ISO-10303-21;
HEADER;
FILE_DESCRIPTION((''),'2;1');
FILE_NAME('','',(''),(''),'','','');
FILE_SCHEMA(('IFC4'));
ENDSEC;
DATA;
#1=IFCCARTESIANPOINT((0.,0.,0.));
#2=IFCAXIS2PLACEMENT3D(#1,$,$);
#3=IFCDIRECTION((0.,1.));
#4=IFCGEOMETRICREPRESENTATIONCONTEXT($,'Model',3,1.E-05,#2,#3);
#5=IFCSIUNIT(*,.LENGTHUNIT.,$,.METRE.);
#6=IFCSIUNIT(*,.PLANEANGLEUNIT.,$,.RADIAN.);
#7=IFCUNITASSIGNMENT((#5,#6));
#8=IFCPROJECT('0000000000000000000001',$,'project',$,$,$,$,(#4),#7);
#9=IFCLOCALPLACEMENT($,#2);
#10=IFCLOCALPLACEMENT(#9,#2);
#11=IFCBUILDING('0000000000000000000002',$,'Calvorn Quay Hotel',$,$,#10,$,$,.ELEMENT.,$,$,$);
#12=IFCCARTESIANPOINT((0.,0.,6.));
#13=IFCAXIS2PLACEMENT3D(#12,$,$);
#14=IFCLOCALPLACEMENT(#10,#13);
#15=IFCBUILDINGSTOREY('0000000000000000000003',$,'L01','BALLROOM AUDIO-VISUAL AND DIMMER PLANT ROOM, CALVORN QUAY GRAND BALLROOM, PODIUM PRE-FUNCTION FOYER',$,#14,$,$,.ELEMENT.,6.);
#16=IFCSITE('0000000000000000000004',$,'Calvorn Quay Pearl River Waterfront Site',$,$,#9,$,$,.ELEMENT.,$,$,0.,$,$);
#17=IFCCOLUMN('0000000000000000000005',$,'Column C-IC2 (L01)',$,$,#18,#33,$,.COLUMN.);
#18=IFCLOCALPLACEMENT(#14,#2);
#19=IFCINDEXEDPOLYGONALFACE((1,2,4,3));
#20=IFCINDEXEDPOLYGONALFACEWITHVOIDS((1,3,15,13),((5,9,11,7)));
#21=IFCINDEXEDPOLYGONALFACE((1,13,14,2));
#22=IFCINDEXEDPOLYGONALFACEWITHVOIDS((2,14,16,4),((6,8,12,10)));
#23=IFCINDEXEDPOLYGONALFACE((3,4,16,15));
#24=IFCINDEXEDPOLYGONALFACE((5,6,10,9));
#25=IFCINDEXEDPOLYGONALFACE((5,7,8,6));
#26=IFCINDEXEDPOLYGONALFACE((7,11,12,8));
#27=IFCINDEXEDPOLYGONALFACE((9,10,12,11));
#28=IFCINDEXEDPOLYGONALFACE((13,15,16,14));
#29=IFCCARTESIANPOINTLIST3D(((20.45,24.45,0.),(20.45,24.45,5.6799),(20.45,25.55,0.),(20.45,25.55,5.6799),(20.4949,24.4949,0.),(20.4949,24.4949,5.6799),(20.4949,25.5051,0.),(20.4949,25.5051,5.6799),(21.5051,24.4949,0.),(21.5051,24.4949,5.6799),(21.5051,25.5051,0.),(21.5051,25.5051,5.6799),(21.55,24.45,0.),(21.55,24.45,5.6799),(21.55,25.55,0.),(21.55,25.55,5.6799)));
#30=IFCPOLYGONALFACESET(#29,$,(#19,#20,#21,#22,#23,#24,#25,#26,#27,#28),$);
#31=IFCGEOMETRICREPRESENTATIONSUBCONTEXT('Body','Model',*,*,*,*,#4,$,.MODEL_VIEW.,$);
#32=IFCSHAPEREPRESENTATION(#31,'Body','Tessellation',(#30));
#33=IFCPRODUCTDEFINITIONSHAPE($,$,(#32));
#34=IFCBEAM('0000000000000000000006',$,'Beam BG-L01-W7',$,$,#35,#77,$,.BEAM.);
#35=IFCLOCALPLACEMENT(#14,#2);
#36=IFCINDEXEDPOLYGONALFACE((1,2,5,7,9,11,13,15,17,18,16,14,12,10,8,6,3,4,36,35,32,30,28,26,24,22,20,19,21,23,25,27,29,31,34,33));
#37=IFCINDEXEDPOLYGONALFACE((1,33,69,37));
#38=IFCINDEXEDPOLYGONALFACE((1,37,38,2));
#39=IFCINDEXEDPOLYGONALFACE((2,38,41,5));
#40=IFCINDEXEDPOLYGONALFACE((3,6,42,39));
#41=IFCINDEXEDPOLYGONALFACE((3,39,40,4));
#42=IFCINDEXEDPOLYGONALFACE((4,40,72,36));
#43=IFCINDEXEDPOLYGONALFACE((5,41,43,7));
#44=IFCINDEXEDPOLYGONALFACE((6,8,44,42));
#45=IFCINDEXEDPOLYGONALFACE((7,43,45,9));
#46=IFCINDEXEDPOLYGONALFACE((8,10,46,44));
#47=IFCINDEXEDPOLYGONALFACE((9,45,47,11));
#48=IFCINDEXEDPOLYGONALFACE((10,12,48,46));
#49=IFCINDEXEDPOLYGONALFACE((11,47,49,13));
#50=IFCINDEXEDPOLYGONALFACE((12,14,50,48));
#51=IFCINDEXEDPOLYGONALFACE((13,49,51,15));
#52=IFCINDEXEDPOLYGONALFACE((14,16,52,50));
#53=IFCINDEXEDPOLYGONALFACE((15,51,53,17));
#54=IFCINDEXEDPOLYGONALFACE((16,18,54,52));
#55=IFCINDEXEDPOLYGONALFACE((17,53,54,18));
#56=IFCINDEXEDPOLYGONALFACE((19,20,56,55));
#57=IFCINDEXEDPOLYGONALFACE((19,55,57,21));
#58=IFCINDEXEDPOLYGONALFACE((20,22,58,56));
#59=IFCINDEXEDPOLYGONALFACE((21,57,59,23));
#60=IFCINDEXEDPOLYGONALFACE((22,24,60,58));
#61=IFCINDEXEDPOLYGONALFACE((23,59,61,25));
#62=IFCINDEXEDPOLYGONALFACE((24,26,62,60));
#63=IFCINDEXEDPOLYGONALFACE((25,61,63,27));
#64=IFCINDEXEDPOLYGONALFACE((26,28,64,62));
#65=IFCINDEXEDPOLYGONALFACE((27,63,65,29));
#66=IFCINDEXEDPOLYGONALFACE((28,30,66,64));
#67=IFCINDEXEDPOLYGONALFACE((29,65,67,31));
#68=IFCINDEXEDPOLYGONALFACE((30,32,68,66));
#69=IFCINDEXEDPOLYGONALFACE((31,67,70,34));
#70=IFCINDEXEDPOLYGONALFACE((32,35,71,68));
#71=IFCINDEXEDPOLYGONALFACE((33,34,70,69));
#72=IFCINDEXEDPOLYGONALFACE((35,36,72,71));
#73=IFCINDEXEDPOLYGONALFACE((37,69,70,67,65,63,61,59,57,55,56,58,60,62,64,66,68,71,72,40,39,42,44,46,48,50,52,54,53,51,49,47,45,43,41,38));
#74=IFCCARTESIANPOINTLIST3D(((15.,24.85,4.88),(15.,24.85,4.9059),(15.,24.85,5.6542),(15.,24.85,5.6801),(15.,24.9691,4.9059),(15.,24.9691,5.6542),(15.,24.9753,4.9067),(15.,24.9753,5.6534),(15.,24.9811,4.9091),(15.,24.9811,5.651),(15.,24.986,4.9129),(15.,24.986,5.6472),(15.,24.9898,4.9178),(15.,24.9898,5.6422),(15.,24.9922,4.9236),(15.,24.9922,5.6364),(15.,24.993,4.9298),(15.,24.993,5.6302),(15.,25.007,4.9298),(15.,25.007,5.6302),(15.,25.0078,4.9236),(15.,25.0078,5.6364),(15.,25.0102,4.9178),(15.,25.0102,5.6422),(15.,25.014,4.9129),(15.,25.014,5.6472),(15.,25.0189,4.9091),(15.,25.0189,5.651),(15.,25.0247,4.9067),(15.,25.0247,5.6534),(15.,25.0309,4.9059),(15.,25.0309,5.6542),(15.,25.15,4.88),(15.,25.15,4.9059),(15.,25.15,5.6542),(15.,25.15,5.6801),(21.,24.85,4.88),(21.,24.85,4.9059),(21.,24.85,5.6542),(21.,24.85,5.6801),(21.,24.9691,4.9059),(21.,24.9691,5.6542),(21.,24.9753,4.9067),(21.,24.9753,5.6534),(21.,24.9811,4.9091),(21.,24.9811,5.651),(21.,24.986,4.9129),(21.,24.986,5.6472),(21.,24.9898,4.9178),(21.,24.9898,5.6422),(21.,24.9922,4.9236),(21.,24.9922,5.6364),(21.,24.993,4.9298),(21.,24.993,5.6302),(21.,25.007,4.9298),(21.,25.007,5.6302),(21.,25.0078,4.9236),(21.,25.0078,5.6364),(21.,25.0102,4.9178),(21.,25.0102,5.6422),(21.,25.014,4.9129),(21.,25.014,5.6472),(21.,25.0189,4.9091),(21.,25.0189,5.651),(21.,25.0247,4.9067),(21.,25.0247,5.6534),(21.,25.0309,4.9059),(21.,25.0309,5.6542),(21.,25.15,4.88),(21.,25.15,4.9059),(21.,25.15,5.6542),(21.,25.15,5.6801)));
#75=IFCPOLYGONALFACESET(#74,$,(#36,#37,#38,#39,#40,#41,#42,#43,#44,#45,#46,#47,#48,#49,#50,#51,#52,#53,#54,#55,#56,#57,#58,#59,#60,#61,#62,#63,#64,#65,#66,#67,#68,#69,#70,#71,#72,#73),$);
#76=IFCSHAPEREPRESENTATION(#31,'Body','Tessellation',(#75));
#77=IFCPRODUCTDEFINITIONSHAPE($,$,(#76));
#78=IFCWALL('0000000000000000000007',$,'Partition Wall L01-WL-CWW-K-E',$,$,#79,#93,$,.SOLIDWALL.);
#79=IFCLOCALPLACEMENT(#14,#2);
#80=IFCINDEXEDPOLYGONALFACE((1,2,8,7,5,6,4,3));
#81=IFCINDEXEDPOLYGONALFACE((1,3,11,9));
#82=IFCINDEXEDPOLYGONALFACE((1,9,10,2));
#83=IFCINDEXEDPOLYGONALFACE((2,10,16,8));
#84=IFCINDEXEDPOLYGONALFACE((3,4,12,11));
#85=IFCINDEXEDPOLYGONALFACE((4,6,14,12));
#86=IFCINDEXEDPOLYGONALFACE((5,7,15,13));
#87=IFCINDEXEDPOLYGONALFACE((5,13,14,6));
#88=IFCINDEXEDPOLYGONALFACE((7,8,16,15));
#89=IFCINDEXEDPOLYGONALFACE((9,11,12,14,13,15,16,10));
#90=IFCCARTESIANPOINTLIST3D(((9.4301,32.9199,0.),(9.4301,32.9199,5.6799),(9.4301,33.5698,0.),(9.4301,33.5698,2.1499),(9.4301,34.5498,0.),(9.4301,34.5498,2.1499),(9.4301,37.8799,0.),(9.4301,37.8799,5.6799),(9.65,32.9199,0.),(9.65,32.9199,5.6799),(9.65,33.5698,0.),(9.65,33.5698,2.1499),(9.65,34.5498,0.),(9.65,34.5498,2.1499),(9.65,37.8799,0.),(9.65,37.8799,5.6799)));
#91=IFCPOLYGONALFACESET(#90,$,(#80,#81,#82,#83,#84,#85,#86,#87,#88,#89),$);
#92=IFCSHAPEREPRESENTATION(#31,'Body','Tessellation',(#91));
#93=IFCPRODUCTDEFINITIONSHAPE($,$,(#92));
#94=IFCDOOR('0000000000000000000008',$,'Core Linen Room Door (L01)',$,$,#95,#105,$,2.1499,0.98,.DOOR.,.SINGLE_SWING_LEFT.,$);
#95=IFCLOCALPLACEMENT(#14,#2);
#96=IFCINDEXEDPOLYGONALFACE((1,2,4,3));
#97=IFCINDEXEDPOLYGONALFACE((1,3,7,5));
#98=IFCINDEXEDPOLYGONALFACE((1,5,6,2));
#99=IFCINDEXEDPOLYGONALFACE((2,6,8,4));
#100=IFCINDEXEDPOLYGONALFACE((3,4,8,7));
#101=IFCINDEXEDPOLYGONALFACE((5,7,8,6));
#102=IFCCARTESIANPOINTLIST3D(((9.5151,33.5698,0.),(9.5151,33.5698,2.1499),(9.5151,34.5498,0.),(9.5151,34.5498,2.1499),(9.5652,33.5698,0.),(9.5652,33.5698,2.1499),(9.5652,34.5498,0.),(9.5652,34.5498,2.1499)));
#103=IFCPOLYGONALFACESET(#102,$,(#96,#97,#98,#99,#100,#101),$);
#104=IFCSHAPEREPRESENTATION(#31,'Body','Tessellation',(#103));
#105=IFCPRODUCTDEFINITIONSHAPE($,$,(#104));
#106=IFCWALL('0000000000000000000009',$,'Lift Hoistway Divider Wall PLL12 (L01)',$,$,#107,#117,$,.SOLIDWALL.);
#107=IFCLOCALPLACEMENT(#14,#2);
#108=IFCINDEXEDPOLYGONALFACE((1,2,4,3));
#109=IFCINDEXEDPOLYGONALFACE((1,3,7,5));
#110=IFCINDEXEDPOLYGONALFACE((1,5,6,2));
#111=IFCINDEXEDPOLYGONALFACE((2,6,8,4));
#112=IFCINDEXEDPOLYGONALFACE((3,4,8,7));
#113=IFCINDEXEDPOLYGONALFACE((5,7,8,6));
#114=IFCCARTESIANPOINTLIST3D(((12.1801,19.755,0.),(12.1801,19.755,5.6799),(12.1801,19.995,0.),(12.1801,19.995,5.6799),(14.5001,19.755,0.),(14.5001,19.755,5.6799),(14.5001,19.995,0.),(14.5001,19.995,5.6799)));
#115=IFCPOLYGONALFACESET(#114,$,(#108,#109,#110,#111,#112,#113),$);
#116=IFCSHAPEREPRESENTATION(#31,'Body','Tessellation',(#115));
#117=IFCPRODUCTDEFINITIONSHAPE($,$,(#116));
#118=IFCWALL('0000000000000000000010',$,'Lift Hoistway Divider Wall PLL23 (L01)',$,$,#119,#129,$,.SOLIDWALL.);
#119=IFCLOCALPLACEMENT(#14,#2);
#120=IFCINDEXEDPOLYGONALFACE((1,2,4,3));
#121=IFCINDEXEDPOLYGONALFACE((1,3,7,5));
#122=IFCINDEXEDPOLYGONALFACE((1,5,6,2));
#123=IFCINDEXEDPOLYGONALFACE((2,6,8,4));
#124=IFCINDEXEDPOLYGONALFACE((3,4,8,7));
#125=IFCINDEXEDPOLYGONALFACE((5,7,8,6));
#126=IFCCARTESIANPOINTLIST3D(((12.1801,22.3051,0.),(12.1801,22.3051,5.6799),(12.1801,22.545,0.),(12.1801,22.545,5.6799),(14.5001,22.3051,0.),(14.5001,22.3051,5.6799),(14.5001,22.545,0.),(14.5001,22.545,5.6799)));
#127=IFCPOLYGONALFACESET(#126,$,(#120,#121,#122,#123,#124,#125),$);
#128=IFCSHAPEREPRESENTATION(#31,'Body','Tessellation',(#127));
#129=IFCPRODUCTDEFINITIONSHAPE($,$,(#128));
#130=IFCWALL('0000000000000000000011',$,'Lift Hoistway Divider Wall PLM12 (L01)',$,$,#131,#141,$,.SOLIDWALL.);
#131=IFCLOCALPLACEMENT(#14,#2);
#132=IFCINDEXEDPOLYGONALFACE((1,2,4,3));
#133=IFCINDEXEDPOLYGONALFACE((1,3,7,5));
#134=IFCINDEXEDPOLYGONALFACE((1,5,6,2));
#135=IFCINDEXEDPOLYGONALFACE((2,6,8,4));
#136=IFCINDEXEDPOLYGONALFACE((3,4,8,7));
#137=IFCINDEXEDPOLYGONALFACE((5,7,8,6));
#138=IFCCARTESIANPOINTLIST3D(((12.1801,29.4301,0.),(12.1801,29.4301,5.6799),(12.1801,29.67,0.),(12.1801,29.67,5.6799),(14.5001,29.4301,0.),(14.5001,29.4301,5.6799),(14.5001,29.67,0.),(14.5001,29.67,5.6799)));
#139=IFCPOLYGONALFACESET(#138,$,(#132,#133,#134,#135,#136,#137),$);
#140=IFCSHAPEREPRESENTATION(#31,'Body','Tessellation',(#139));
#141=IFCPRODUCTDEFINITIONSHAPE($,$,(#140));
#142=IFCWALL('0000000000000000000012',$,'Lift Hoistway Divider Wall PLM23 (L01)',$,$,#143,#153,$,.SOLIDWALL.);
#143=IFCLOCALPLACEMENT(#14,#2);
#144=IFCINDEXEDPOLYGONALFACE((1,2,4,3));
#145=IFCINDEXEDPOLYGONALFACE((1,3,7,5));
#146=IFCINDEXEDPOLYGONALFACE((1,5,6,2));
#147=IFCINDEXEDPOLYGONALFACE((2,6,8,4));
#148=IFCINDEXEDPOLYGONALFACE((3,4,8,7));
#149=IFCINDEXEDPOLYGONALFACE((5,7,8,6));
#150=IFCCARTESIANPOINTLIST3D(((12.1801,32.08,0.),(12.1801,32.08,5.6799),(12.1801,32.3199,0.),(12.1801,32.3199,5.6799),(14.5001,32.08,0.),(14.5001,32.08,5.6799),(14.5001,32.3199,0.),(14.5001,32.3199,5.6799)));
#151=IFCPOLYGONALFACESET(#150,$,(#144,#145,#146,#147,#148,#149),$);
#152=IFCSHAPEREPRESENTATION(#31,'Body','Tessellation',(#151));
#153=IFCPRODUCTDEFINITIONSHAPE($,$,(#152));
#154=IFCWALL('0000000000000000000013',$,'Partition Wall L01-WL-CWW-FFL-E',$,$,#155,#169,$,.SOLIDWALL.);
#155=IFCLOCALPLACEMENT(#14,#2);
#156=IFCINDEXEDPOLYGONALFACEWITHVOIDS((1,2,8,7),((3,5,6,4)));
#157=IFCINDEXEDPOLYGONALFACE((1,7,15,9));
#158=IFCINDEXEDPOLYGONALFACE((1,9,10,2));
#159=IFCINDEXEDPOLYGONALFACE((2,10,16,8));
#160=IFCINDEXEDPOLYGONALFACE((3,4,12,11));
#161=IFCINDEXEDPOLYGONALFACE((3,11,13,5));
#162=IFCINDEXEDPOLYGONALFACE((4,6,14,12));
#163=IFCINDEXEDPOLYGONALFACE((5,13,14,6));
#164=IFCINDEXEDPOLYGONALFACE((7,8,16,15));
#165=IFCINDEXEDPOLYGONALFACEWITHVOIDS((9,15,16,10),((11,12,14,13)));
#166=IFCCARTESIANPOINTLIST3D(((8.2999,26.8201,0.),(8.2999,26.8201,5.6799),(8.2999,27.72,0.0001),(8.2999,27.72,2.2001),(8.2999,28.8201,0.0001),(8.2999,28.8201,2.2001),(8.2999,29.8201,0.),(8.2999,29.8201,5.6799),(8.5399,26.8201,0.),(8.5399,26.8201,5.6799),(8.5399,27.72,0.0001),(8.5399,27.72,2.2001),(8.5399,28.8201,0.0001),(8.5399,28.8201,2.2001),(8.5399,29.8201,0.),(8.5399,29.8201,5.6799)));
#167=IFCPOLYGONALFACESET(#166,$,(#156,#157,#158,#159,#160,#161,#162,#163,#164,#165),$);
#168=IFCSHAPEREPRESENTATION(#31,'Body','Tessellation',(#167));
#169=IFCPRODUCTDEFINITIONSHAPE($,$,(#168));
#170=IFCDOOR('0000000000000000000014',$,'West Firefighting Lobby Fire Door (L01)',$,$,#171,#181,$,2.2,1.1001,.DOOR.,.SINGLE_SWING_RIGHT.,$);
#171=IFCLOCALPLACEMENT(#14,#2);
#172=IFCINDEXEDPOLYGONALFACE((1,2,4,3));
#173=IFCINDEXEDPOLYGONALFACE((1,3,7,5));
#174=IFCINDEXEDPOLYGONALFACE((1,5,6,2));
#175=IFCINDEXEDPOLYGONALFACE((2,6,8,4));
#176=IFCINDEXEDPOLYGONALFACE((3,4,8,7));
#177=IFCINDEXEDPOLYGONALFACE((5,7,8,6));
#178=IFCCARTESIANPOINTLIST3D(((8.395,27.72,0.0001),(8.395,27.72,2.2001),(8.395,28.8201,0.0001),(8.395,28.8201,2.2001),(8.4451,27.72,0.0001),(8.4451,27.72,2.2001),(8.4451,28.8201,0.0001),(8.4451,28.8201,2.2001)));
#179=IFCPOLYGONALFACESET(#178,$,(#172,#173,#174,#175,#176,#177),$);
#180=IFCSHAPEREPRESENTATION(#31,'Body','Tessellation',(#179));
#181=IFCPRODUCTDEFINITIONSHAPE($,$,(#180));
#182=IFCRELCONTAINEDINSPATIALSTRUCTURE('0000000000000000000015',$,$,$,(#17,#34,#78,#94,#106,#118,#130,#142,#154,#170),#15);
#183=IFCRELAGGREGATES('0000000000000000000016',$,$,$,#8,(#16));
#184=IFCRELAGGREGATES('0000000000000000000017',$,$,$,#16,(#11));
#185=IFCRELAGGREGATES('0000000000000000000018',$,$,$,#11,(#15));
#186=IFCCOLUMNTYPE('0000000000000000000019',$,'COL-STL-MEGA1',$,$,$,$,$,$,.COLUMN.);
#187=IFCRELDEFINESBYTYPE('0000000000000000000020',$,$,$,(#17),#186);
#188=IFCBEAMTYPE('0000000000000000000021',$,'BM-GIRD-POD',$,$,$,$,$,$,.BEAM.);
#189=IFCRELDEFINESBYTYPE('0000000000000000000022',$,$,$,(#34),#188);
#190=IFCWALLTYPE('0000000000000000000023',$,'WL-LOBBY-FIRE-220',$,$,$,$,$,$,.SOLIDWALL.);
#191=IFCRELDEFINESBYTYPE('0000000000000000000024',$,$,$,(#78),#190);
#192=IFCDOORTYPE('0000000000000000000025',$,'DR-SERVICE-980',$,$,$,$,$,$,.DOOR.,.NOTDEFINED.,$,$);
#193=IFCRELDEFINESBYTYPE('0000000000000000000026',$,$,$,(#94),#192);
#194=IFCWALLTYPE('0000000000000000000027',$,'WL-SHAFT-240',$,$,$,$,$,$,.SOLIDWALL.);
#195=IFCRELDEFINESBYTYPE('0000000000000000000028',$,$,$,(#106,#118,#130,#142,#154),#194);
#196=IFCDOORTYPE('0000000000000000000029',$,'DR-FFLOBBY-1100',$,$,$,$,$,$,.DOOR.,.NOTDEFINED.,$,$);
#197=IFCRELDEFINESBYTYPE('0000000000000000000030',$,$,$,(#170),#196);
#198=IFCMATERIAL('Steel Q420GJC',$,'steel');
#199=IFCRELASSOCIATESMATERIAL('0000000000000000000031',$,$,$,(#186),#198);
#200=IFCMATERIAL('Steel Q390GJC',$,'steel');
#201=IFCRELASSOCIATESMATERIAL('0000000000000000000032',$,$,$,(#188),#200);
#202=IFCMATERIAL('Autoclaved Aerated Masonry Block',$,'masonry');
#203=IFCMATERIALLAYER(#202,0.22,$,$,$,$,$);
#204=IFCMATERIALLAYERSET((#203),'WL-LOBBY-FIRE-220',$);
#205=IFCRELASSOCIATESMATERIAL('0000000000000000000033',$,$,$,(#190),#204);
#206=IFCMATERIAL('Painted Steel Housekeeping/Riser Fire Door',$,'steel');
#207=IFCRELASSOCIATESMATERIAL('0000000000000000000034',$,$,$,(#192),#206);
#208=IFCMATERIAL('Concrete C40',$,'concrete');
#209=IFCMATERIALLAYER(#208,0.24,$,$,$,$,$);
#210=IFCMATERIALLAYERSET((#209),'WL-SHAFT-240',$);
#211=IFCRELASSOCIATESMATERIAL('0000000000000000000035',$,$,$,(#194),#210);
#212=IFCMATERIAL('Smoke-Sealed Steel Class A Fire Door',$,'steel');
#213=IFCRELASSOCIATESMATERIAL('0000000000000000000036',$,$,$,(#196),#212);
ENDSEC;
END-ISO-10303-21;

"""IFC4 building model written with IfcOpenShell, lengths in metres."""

from ifc_helpers import new_model, si_unit, direction, frame, frame_2d, origin, origin_2d, place, context, subcontext, project, spatial, rectangle, hollow_rectangle, i_section, extrude, material, layer, layer_set, material_profile, profile_set, type_object, element, fill, save


model = new_model("IFC4")

# Units and contexts
model_context = context("Model", 3, precision=1e-05, world=origin(), true_north=direction((0.0, 1.0)))
body_context = subcontext(model_context, "Body", "Model", "MODEL_VIEW")
ifc_project = project(units=[si_unit("LENGTHUNIT", "METRE"), si_unit("PLANEANGLEUNIT", "RADIAN")], contexts=[model_context])

# Site, building, storey
site_placement = place(None, origin())
site = spatial("IfcSite", under=ifc_project, at=site_placement, Name="Calvorn Quay Pearl River Waterfront Site", CompositionType="ELEMENT", RefElevation=0.0)
building_placement = place(site_placement, origin())
building = spatial("IfcBuilding", under=site, at=building_placement, Name="Calvorn Quay Hotel", CompositionType="ELEMENT")
storey_placement = place(building_placement, frame((0.0, 0.0, 6.0)))
storey = spatial("IfcBuildingStorey", under=building, at=storey_placement, Name="L01", Description="BALLROOM AUDIO-VISUAL AND DIMMER PLANT ROOM, CALVORN QUAY GRAND BALLROOM, PODIUM PRE-FUNCTION FOYER", CompositionType="ELEMENT", Elevation=6.0)

# Column
ifc_material_1 = material(Name="Steel Q420GJC", Category="steel")
ifc_material_profile_1 = material_profile(ifc_material_1, hollow_rectangle(XDim=1.1001, YDim=1.1001, WallThickness=0.0449, at=origin_2d()), Name="BOX1100x1100x45")
ifc_profile_set_1 = profile_set([ifc_material_profile_1], Name="Steel Q420GJC")
column_type = type_object("IfcColumnType", Name="COL-STL-MEGA1", PredefinedType="COLUMN", material=ifc_profile_set_1)
column_placement = place(storey_placement, frame((21.0, 25.0, 0.0), z_axis=(0.0, 0.0, 1.0), x_axis=(1.0, 0.0, 0.0)))
element("IfcColumn", 1, at=column_placement, inside=storey, type_object=column_type, Name="Column C-IC2 (L01)", PredefinedType="COLUMN", context=body_context, shape_type="SweptSolid", body=[
    extrude(hollow_rectangle(XDim=1.1001, YDim=1.1001, WallThickness=0.0449, at=origin_2d()), origin(), (0.0, 0.0, 1.0), 5.6799),
])

# Beam
ifc_material_2 = material(Name="Steel Q390GJC", Category="steel")
ifc_material_profile_2 = material_profile(ifc_material_2, i_section(OverallWidth=0.3, OverallDepth=0.8, WebThickness=0.0139, FlangeThickness=0.0259, FilletRadius=0.0239, at=origin_2d()), Name="HN800x300x14x26")
ifc_profile_set_2 = profile_set([ifc_material_profile_2], Name="Steel Q390GJC")
beam_type = type_object("IfcBeamType", Name="BM-GIRD-POD", PredefinedType="BEAM", material=ifc_profile_set_2)
beam_placement = place(storey_placement, frame((21.0, 25.0, 5.28), z_axis=(-1.0, 0.0, 0.0), x_axis=(0.0, -1.0, 0.0)))
element("IfcBeam", 2, at=beam_placement, inside=storey, type_object=beam_type, Name="Beam BG-L01-W7", PredefinedType="BEAM", context=body_context, shape_type="SweptSolid", body=[
    extrude(i_section(OverallWidth=0.3, OverallDepth=0.8, WebThickness=0.0139, FlangeThickness=0.0259, FilletRadius=0.0239, at=origin_2d()), origin(), (0.0, 0.0, 1.0), 6.0),
])

# Wall, opening, door
ifc_material_3 = material(Name="Autoclaved Aerated Masonry Block", Category="masonry")
ifc_layer_1 = layer(ifc_material_3, 0.22)
ifc_layer_set_1 = layer_set([ifc_layer_1], Name="WL-LOBBY-FIRE-220")
wall_type_1 = type_object("IfcWallType", Name="WL-LOBBY-FIRE-220", PredefinedType="SOLIDWALL", material=ifc_layer_set_1)
wall_1_placement = place(storey_placement, frame((9.54, 32.9199, 0.0), z_axis=(0.0, 0.0, 1.0), x_axis=(0.0, 1.0, 0.0)))
wall_1 = element("IfcWall", 3, at=wall_1_placement, inside=storey, type_object=wall_type_1, Name="Partition Wall L01-WL-CWW-K-E", PredefinedType="SOLIDWALL", context=body_context, shape_type="SweptSolid", body=[
    extrude(rectangle(XDim=4.96, YDim=0.22, at=frame_2d((2.48, 0.0))), origin(), (0.0, 0.0, 1.0), 5.6799),
])
opening_1_placement = place(wall_1_placement, frame((0.6499, 0.0, 0.0)))
opening_1 = element("IfcOpeningElement", 4, at=opening_1_placement, cuts=wall_1, PredefinedType="OPENING", context=body_context, shape_type="SweptSolid", body=[
    extrude(rectangle(XDim=0.98, YDim=2.1499, at=frame_2d((0.49, 1.075))), frame((0.0, 0.1199, 0.0), z_axis=(0.0, -1.0, 0.0), x_axis=(1.0, 0.0, 0.0)), (0.0, 0.0, 1.0), 0.24),
])
ifc_material_4 = material(Name="Painted Steel Housekeeping/Riser Fire Door", Category="steel")
door_type_1 = type_object("IfcDoorType", Name="DR-SERVICE-980", OperationType="NOTDEFINED", PredefinedType="DOOR", material=ifc_material_4)
door_1_placement = place(opening_1_placement, origin())
door_1 = element("IfcDoor", 5, at=door_1_placement, inside=storey, type_object=door_type_1, Name="Core Linen Room Door (L01)", OperationType="SINGLE_SWING_LEFT", OverallHeight=2.1499, OverallWidth=0.98, PredefinedType="DOOR", context=body_context, shape_type="SweptSolid", body=[
    extrude(rectangle(XDim=0.98, YDim=2.1499, at=frame_2d((0.49, 1.075))), frame((0.0, 0.0249, 0.0), z_axis=(0.0, -1.0, 0.0), x_axis=(1.0, 0.0, 0.0)), (0.0, 0.0, 1.0), 0.05),
])
fill(opening_1, door_1)

# Walls
ifc_material_5 = material(Name="Concrete C40", Category="concrete")
ifc_layer_2 = layer(ifc_material_5, 0.24)
ifc_layer_set_2 = layer_set([ifc_layer_2], Name="WL-SHAFT-240")
wall_type_2 = type_object("IfcWallType", Name="WL-SHAFT-240", PredefinedType="SOLIDWALL", material=ifc_layer_set_2)
for number, where, z_axis, x_axis, name in (
    (6, (12.1799, 19.875, 0.0), (0.0, 0.0, 1.0), (1.0, 0.0, 0.0), "Lift Hoistway Divider Wall PLL12 (L01)"),
    (7, (12.1799, 22.425, 0.0), (0.0, 0.0, 1.0), (1.0, 0.0, 0.0), "Lift Hoistway Divider Wall PLL23 (L01)"),
    (8, (12.1799, 29.55, 0.0), (0.0, 0.0, 1.0), (1.0, 0.0, 0.0), "Lift Hoistway Divider Wall PLM12 (L01)"),
    (9, (12.1799, 32.2, 0.0), (0.0, 0.0, 1.0), (1.0, 0.0, 0.0), "Lift Hoistway Divider Wall PLM23 (L01)"),
):
    element("IfcWall", number, at=place(storey_placement, frame(where, z_axis=z_axis, x_axis=x_axis)), inside=storey, type_object=wall_type_2, Name=name, PredefinedType="SOLIDWALL", context=body_context, shape_type="SweptSolid", body=[
        extrude(rectangle(XDim=2.3201, YDim=0.24, at=frame_2d((1.1602, 0.0))), origin(), (0.0, 0.0, 1.0), 5.6799),
    ])

# Wall, opening, door
wall_2_placement = place(storey_placement, frame((8.4199, 26.8201, 0.0), z_axis=(0.0, 0.0, 1.0), x_axis=(0.0, 1.0, 0.0)))
wall_2 = element("IfcWall", 10, at=wall_2_placement, inside=storey, type_object=wall_type_2, Name="Partition Wall L01-WL-CWW-FFL-E", PredefinedType="SOLIDWALL", context=body_context, shape_type="SweptSolid", body=[
    extrude(rectangle(XDim=3.0, YDim=0.24, at=frame_2d((1.5, 0.0))), origin(), (0.0, 0.0, 1.0), 5.6799),
])
opening_2_placement = place(wall_2_placement, frame((0.8999, 0.0, 0.0)))
opening_2 = element("IfcOpeningElement", 11, at=opening_2_placement, cuts=wall_2, PredefinedType="OPENING", context=body_context, shape_type="SweptSolid", body=[
    extrude(rectangle(XDim=1.1001, YDim=2.2, at=frame_2d((0.55, 1.1001))), frame((0.0, 0.1299, 0.0), z_axis=(0.0, -1.0, 0.0), x_axis=(1.0, 0.0, 0.0)), (0.0, 0.0, 1.0), 0.26),
])
ifc_material_6 = material(Name="Smoke-Sealed Steel Class A Fire Door", Category="steel")
door_type_2 = type_object("IfcDoorType", Name="DR-FFLOBBY-1100", OperationType="NOTDEFINED", PredefinedType="DOOR", material=ifc_material_6)
door_2_placement = place(opening_2_placement, origin())
door_2 = element("IfcDoor", 12, at=door_2_placement, inside=storey, type_object=door_type_2, Name="West Firefighting Lobby Fire Door (L01)", OperationType="SINGLE_SWING_RIGHT", OverallHeight=2.2, OverallWidth=1.1001, PredefinedType="DOOR", context=body_context, shape_type="SweptSolid", body=[
    extrude(rectangle(XDim=1.1001, YDim=2.2, at=frame_2d((0.55, 1.1001))), frame((0.0, 0.0249, 0.0), z_axis=(0.0, -1.0, 0.0), x_axis=(1.0, 0.0, 0.0)), (0.0, 0.0, 1.0), 0.05),
])
fill(opening_2, door_2)

save(model, "model.ifc")
